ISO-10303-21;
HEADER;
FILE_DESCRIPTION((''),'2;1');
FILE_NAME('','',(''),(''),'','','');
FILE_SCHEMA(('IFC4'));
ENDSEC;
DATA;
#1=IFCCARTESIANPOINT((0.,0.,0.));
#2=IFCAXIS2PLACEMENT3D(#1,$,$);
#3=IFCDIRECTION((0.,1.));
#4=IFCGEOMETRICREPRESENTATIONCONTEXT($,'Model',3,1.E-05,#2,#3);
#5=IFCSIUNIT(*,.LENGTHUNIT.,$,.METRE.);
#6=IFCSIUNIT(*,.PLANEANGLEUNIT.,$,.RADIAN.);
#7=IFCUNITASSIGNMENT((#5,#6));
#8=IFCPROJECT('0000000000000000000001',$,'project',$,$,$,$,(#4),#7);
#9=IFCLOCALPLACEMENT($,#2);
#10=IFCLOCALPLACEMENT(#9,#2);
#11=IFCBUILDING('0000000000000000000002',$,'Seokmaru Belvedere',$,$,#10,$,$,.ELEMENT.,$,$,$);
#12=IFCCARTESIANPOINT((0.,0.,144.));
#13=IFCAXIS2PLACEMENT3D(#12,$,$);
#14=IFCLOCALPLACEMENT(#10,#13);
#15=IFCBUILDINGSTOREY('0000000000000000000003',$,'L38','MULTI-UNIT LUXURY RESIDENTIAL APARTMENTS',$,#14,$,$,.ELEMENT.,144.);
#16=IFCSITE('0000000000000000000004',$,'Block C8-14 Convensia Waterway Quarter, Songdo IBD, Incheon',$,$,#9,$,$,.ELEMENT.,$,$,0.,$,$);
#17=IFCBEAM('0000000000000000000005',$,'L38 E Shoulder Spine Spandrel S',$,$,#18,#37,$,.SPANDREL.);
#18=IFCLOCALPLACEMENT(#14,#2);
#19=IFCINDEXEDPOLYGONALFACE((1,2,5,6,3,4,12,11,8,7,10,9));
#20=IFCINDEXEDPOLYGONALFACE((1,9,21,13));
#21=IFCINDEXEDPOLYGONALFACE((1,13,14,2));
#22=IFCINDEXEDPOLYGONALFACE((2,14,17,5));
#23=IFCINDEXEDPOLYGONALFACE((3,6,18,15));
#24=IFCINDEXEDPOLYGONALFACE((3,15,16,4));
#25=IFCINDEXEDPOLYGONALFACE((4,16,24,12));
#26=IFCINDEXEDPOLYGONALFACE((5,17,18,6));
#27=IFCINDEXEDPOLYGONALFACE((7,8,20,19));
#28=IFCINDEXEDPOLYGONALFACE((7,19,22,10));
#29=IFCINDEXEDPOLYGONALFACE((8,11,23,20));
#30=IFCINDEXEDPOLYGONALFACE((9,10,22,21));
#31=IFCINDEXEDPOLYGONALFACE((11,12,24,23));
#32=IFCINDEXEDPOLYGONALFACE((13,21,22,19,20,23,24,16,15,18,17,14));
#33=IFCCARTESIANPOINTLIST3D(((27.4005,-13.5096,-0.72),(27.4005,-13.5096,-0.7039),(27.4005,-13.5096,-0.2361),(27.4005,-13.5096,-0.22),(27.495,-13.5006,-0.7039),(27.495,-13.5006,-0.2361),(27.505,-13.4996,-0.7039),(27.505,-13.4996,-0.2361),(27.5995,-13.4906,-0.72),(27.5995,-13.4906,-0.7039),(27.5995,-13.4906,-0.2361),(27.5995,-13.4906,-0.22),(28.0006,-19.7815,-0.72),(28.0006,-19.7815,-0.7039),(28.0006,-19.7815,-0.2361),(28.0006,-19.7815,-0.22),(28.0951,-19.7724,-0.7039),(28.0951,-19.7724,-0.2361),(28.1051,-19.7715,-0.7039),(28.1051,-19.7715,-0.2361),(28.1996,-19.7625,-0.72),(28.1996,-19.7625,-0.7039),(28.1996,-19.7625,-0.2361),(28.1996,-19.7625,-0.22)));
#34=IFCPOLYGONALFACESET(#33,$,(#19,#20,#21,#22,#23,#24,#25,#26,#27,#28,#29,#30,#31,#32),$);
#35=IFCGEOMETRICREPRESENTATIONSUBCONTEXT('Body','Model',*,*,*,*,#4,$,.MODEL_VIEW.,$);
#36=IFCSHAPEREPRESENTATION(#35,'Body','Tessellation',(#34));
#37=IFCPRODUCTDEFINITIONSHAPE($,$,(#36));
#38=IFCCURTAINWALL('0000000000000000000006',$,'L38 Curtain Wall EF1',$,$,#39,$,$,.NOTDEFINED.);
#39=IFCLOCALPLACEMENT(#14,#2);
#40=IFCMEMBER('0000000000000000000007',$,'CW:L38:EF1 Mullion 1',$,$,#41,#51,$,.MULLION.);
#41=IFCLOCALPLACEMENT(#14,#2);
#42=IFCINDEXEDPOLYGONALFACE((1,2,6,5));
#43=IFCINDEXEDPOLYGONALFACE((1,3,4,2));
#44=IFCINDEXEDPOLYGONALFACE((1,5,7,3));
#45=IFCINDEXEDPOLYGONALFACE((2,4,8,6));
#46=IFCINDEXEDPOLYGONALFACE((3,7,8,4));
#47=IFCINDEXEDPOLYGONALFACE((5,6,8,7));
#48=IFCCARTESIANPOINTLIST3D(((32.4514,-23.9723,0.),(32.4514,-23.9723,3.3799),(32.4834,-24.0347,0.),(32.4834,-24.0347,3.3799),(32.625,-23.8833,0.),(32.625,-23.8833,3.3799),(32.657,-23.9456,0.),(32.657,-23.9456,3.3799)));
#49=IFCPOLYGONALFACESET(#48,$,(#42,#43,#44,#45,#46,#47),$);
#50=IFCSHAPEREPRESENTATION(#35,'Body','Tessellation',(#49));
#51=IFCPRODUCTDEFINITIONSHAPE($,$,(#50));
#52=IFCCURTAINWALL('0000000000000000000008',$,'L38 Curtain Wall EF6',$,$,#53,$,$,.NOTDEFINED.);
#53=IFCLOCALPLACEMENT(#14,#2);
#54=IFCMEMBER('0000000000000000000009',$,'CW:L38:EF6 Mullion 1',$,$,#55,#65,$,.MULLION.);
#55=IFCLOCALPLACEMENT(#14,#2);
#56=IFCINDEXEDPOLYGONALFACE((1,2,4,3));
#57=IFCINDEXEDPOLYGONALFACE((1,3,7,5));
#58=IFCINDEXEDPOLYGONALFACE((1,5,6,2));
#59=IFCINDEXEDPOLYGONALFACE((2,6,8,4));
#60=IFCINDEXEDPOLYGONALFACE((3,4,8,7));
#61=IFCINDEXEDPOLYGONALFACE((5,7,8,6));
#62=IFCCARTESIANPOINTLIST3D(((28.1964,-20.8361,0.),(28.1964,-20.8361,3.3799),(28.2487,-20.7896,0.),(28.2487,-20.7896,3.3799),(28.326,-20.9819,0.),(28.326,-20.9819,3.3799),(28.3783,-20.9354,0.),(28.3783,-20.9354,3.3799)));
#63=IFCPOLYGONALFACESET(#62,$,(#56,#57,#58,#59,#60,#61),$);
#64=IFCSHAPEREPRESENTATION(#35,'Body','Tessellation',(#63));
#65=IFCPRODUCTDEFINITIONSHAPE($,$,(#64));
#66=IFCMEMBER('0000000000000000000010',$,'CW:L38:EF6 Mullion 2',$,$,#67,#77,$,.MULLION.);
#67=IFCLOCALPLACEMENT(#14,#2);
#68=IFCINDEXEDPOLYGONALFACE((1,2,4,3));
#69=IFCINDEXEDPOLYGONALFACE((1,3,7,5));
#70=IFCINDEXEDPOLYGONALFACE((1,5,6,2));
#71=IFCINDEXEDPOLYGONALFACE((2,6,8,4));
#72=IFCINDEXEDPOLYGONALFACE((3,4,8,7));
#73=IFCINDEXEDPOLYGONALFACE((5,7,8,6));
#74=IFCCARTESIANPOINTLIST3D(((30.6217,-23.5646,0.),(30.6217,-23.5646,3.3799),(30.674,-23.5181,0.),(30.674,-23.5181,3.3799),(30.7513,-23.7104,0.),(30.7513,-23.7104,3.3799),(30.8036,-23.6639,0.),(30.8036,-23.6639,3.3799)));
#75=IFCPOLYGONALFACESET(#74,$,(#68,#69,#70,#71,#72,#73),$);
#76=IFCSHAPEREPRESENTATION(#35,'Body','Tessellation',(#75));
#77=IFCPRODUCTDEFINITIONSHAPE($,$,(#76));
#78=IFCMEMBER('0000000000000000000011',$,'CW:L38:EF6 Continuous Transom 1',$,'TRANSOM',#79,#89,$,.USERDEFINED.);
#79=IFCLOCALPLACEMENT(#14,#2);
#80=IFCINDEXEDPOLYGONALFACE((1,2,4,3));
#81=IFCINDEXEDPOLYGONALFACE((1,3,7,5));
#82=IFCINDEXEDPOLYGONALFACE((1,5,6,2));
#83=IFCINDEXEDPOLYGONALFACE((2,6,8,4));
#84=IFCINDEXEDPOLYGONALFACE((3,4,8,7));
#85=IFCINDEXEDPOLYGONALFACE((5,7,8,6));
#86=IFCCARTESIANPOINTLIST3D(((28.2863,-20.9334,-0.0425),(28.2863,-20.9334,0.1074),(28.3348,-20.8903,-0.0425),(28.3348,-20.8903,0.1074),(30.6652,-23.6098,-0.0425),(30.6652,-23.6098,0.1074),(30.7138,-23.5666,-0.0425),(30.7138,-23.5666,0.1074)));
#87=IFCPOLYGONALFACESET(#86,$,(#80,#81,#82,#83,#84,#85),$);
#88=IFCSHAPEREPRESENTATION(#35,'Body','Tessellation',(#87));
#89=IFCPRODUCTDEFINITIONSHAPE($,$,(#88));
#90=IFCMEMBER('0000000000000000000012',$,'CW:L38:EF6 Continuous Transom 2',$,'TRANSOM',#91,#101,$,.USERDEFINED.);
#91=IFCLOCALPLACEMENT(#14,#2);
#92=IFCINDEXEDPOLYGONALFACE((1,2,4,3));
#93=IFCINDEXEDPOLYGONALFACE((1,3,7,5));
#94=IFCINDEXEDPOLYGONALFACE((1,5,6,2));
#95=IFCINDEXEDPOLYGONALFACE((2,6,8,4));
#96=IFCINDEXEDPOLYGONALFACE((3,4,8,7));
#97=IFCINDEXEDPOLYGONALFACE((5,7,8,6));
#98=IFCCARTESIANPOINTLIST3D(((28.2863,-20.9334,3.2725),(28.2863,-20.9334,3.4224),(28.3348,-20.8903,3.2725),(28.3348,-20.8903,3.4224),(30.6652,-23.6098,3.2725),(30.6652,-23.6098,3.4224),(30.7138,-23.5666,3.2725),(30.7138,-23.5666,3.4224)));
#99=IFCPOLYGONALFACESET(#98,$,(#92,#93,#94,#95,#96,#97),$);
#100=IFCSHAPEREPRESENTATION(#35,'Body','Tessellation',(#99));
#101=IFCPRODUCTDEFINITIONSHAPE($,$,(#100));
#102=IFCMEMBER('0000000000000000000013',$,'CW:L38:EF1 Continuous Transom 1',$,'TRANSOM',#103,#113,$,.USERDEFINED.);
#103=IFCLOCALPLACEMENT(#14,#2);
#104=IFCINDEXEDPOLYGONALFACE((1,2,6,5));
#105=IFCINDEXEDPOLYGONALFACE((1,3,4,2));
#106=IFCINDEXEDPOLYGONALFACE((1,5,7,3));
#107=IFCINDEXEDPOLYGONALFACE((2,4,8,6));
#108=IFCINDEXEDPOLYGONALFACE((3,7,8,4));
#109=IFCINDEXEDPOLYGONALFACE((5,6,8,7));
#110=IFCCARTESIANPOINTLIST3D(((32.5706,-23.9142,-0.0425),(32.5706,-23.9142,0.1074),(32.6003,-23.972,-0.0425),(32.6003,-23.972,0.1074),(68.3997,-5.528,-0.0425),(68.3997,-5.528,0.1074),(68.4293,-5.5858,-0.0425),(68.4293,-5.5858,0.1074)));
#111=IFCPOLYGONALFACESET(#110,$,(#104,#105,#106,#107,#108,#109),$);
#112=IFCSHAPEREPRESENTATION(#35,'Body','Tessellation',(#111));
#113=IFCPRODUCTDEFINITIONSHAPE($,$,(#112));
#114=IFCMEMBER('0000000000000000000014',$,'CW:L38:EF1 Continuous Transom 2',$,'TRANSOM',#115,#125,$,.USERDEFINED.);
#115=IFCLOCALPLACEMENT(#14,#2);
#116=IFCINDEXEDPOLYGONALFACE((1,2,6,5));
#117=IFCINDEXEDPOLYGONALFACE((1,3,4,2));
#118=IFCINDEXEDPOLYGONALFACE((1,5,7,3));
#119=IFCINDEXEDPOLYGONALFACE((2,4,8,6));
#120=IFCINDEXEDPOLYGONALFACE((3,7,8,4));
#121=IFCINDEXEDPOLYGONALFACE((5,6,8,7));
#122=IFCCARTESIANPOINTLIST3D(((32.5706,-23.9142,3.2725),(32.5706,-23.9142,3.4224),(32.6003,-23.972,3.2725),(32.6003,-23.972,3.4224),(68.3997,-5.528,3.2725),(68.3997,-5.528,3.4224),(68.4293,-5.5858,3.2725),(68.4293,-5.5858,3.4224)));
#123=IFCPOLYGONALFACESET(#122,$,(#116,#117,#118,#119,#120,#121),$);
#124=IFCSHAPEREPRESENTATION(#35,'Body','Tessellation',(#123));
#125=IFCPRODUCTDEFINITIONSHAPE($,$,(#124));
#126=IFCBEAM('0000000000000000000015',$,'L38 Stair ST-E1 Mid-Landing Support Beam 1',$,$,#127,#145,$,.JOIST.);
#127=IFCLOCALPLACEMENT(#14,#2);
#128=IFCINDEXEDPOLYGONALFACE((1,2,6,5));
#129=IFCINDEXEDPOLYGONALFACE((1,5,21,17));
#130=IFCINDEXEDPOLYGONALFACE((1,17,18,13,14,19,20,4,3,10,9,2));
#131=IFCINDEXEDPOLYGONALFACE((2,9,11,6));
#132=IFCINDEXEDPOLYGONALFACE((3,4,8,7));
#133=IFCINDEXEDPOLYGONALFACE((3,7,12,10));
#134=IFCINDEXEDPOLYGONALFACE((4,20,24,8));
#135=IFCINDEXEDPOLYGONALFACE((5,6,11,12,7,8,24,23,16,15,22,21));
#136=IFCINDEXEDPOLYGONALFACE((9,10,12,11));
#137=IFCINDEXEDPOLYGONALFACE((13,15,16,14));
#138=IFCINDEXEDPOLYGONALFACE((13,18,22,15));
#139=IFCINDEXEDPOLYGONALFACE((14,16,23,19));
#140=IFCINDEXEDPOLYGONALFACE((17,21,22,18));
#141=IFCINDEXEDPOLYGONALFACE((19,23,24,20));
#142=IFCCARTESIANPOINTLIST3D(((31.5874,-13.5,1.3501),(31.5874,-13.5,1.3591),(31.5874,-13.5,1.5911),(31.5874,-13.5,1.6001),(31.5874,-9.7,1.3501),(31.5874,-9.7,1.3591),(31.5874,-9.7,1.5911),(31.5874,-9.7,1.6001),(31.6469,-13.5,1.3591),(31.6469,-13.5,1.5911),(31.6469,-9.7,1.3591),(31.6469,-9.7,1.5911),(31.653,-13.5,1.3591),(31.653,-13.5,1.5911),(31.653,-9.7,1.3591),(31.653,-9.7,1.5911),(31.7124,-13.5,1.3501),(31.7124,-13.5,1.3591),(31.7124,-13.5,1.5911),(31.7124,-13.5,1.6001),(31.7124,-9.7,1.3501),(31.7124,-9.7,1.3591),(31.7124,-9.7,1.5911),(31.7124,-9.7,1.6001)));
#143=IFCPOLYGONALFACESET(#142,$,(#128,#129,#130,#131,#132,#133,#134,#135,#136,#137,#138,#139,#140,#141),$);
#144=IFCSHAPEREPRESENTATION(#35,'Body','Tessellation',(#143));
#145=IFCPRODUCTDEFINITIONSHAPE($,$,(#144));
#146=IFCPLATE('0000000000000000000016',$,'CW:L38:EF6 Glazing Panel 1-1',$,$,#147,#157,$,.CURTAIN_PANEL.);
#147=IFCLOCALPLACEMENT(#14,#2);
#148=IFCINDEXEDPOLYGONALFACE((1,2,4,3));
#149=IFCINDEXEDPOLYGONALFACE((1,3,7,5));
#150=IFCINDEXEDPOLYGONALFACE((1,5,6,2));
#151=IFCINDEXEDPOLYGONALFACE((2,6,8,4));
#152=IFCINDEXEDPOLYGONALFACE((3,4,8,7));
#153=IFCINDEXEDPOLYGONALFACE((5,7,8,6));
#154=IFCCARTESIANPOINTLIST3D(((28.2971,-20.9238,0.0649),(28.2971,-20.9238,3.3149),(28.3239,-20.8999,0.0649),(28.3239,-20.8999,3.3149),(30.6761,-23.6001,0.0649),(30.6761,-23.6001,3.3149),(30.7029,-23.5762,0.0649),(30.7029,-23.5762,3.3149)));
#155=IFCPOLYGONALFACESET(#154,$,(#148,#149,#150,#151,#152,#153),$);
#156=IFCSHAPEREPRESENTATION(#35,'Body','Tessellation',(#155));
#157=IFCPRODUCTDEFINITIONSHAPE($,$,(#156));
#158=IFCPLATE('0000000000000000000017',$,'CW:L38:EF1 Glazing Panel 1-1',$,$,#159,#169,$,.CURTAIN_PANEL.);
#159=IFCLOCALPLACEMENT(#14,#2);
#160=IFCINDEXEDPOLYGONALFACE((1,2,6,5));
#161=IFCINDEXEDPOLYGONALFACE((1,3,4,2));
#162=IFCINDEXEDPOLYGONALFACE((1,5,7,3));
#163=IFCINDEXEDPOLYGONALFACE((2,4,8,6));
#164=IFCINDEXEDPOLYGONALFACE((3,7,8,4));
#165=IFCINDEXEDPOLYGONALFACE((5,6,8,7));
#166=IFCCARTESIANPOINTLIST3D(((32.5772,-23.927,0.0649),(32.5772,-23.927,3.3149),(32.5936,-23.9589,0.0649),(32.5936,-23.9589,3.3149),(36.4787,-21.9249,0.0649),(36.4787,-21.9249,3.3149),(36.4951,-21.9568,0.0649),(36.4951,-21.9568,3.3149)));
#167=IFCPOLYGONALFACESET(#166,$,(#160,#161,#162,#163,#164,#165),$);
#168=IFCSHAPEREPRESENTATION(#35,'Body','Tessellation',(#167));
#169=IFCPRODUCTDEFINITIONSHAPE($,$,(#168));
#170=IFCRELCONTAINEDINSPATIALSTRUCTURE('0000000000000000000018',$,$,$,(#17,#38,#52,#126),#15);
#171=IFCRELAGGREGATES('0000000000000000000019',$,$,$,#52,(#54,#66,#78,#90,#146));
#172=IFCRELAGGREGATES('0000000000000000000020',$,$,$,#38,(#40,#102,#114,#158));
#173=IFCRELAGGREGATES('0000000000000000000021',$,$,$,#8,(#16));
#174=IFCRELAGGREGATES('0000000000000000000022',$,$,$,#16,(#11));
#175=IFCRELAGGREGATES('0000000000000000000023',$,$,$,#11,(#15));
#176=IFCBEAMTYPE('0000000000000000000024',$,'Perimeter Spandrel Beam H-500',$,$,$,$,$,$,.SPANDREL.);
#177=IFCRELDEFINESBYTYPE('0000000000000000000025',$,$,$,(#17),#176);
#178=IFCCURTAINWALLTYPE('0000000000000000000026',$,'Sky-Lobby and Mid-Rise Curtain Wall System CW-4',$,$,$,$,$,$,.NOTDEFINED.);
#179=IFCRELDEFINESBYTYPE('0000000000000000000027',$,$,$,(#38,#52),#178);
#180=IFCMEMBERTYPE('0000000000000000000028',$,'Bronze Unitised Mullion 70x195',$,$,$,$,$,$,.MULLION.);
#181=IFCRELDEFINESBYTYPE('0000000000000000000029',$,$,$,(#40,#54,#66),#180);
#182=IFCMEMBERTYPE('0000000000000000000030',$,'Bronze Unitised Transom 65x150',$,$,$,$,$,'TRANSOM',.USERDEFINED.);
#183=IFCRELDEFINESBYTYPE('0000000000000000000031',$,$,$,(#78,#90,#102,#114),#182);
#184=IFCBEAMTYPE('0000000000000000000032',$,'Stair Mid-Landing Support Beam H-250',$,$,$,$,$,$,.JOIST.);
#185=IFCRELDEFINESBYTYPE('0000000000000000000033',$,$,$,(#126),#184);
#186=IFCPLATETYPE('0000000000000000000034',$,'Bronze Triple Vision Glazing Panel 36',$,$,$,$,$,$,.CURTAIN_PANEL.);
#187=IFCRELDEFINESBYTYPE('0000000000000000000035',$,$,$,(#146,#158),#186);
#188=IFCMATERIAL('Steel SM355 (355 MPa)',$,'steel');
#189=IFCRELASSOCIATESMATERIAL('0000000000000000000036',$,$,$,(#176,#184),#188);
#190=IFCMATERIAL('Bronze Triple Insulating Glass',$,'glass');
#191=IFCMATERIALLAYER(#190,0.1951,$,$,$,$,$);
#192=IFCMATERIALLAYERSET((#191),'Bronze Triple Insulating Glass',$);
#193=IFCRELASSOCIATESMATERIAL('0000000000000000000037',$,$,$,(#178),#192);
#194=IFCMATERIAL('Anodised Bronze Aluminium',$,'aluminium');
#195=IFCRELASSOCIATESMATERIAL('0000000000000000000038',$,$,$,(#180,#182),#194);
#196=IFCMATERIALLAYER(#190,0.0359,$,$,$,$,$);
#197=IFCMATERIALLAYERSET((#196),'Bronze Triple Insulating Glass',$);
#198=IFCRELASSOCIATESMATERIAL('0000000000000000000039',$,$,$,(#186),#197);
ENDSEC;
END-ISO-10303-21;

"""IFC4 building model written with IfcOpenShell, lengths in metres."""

from ifc_helpers import new_model, si_unit, direction, frame, origin, origin_2d, place, context, subcontext, project, spatial, rectangle, i_section, extrude, source, transform, mapped, material, layer, layer_set, material_profile, profile_set, type_object, type_shapes, element, aggregate, save


model = new_model("IFC4")

# Units and contexts
model_context = context("Model", 3, precision=1e-05, world=origin(), true_north=direction((0.0, 1.0)))
body_context = subcontext(model_context, "Body", "Model", "MODEL_VIEW")
ifc_project = project(units=[si_unit("LENGTHUNIT", "METRE"), si_unit("PLANEANGLEUNIT", "RADIAN")], contexts=[model_context])

# Site, building, storey
site_placement = place(None, origin())
site = spatial("IfcSite", under=ifc_project, at=site_placement, Name="Block C8-14 Convensia Waterway Quarter, Songdo IBD, Incheon", CompositionType="ELEMENT", RefElevation=0.0)
building_placement = place(site_placement, origin())
building = spatial("IfcBuilding", under=site, at=building_placement, Name="Seokmaru Belvedere", CompositionType="ELEMENT")
storey_placement = place(building_placement, frame((0.0, 0.0, 144.0)))
storey = spatial("IfcBuildingStorey", under=building, at=storey_placement, Name="L38", Description="MULTI-UNIT LUXURY RESIDENTIAL APARTMENTS", CompositionType="ELEMENT", Elevation=144.0)

# Shared definitions
ifc_material_1 = material(Name="Steel SM355 (355 MPa)", Category="steel")

# Beam
ifc_material_profile_1 = material_profile(ifc_material_1, i_section(OverallWidth=0.2, OverallDepth=0.5, WebThickness=0.01, FlangeThickness=0.0161, at=origin_2d()), Name="H-500x200x10x16")
ifc_profile_set_1 = profile_set([ifc_material_profile_1], Name="Steel SM355 (355 MPa)")
beam_type_1 = type_object("IfcBeamType", Name="Perimeter Spandrel Beam H-500", PredefinedType="SPANDREL", material=ifc_profile_set_1)
shared_shape_1 = source(origin(), body_context, "Body", "SweptSolid", [
    extrude(i_section(OverallWidth=0.2, OverallDepth=0.5, WebThickness=0.01, FlangeThickness=0.0161, at=origin_2d()), origin(), (0.0, 0.0, 1.0), 6.3005),
])
beam_1_placement = place(storey_placement, frame((28.1001, -19.772, -0.47), z_axis=(-0.095244, 0.995454, 0.0), x_axis=(-0.995454, -0.095244, 0.0)))
element("IfcBeam", 1, at=beam_1_placement, inside=storey, type_object=beam_type_1, Name="L38 E Shoulder Spine Spandrel S", PredefinedType="SPANDREL", context=body_context, shape_type="MappedRepresentation", body=[
    mapped(shared_shape_1, transform((0.0, 0.0, 0.0), scale=1.0)),
])

# Curtain wall, member
ifc_material_2 = material(Name="Bronze Triple Insulating Glass", Category="glass")
ifc_layer_1 = layer(ifc_material_2, 0.1951)
ifc_layer_set_1 = layer_set([ifc_layer_1], Name="Bronze Triple Insulating Glass")
curtain_wall_type = type_object("IfcCurtainWallType", Name="Sky-Lobby and Mid-Rise Curtain Wall System CW-4", PredefinedType="NOTDEFINED", material=ifc_layer_set_1)
curtain_wall_1_placement = place(storey_placement, origin())
curtain_wall_1 = element("IfcCurtainWall", 2, at=curtain_wall_1_placement, inside=storey, type_object=curtain_wall_type, Name="L38 Curtain Wall EF1", PredefinedType="NOTDEFINED")
ifc_material_3 = material(Name="Anodised Bronze Aluminium", Category="aluminium")
ifc_material_profile_2 = material_profile(ifc_material_3, rectangle(XDim=0.0701, YDim=0.1951, at=origin_2d()), Name="CW-M-70x195")
ifc_profile_set_2 = profile_set([ifc_material_profile_2], Name="Anodised Bronze Aluminium")
member_type_1 = type_object("IfcMemberType", Name="Bronze Unitised Mullion 70x195", PredefinedType="MULLION", material=ifc_profile_set_2)
shared_shape_2 = source(origin(), body_context, "Body", "SweptSolid", [
    extrude(rectangle(XDim=0.0701, YDim=0.1951, at=origin_2d()), origin(), (0.0, 0.0, 1.0), 3.3799),
])
type_shapes(member_type_1, [shared_shape_2])
member_1_placement = place(storey_placement, frame((32.5542, -23.959, 0.0), z_axis=(0.0, 0.0, 1.0), x_axis=(-0.456555, 0.889695, 0.0)))
member_1 = element("IfcMember", 3, at=member_1_placement, type_object=member_type_1, Name="CW:L38:EF1 Mullion 1", PredefinedType="MULLION", context=body_context, shape_type="MappedRepresentation", body=[
    mapped(shared_shape_2, transform((0.0, 0.0, 0.0), scale=1.0)),
])

# Curtain wall, members
curtain_wall_2_placement = place(storey_placement, origin())
curtain_wall_2 = element("IfcCurtainWall", 4, at=curtain_wall_2_placement, inside=storey, type_object=curtain_wall_type, Name="L38 Curtain Wall EF6", PredefinedType="NOTDEFINED")
member_2_placement = place(storey_placement, frame((28.2874, -20.8857, 0.0), z_axis=(0.0, 0.0, 1.0), x_axis=(0.74741, 0.664363, 0.0)))
member_2 = element("IfcMember", 5, at=member_2_placement, type_object=member_type_1, Name="CW:L38:EF6 Mullion 1", PredefinedType="MULLION", context=body_context, shape_type="MappedRepresentation", body=[
    mapped(shared_shape_2, transform((0.0, 0.0, 0.0), scale=1.0)),
])
member_3_placement = place(storey_placement, frame((30.7126, -23.6143, 0.0), z_axis=(0.0, 0.0, 1.0), x_axis=(0.74741, 0.664363, 0.0)))
member_3 = element("IfcMember", 6, at=member_3_placement, type_object=member_type_1, Name="CW:L38:EF6 Mullion 2", PredefinedType="MULLION", context=body_context, shape_type="MappedRepresentation", body=[
    mapped(shared_shape_2, transform((0.0, 0.0, 0.0), scale=1.0)),
])
ifc_material_profile_3 = material_profile(ifc_material_3, rectangle(XDim=0.0649, YDim=0.1499, at=origin_2d()), Name="CW-T-65x150")
ifc_profile_set_3 = profile_set([ifc_material_profile_3], Name="Anodised Bronze Aluminium")
member_type_2 = type_object("IfcMemberType", Name="Bronze Unitised Transom 65x150", ElementType="TRANSOM", PredefinedType="USERDEFINED", material=ifc_profile_set_3)
shared_shape_3 = source(origin(), body_context, "Body", "SweptSolid", [
    extrude(rectangle(XDim=0.0649, YDim=0.1499, at=origin_2d()), origin(), (0.0, 0.0, 1.0), 3.5808),
])
member_4_placement = place(storey_placement, frame((28.3105, -20.9119, 0.0325), z_axis=(0.664364, -0.747409, 0.0), x_axis=(0.747409, 0.664364, 0.0)))
member_4 = element("IfcMember", 7, at=member_4_placement, type_object=member_type_2, Name="CW:L38:EF6 Continuous Transom 1", ObjectType="TRANSOM", PredefinedType="USERDEFINED", context=body_context, shape_type="MappedRepresentation", body=[
    mapped(shared_shape_3, transform((0.0, 0.0, 0.0), scale=1.0)),
])
member_5_placement = place(storey_placement, frame((28.3105, -20.9119, 3.3474), z_axis=(0.664364, -0.747409, 0.0), x_axis=(0.747409, 0.664364, 0.0)))
member_5 = element("IfcMember", 8, at=member_5_placement, type_object=member_type_2, Name="CW:L38:EF6 Continuous Transom 2", ObjectType="TRANSOM", PredefinedType="USERDEFINED", context=body_context, shape_type="MappedRepresentation", body=[
    mapped(shared_shape_3, transform((0.0, 0.0, 0.0), scale=1.0)),
])

# Members
shared_shape_4 = source(origin(), body_context, "Body", "SweptSolid", [
    extrude(rectangle(XDim=0.0649, YDim=0.1499, at=origin_2d()), origin(), (0.0, 0.0, 1.0), 40.2712),
])
type_shapes(member_type_2, [shared_shape_3, shared_shape_4])
member_6_placement = place(storey_placement, frame((32.5854, -23.9431, 0.0325), z_axis=(0.889693, 0.456559, 0.0), x_axis=(-0.456559, 0.889693, 0.0)))
member_6 = element("IfcMember", 9, at=member_6_placement, type_object=member_type_2, Name="CW:L38:EF1 Continuous Transom 1", ObjectType="TRANSOM", PredefinedType="USERDEFINED", context=body_context, shape_type="MappedRepresentation", body=[
    mapped(shared_shape_4, transform((0.0, 0.0, 0.0), scale=1.0)),
])
member_7_placement = place(storey_placement, frame((32.5854, -23.9431, 3.3474), z_axis=(0.889693, 0.456559, 0.0), x_axis=(-0.456559, 0.889693, 0.0)))
member_7 = element("IfcMember", 10, at=member_7_placement, type_object=member_type_2, Name="CW:L38:EF1 Continuous Transom 2", ObjectType="TRANSOM", PredefinedType="USERDEFINED", context=body_context, shape_type="MappedRepresentation", body=[
    mapped(shared_shape_4, transform((0.0, 0.0, 0.0), scale=1.0)),
])

# Beam
ifc_material_profile_4 = material_profile(ifc_material_1, i_section(OverallWidth=0.125, OverallDepth=0.25, WebThickness=0.0061, FlangeThickness=0.009, at=origin_2d()), Name="H-250x125x6x9")
ifc_profile_set_4 = profile_set([ifc_material_profile_4], Name="Steel SM355 (355 MPa)")
beam_type_2 = type_object("IfcBeamType", Name="Stair Mid-Landing Support Beam H-250", PredefinedType="JOIST", material=ifc_profile_set_4)
shared_shape_5 = source(origin(), body_context, "Body", "SweptSolid", [
    extrude(i_section(OverallWidth=0.125, OverallDepth=0.25, WebThickness=0.0061, FlangeThickness=0.009, at=origin_2d()), origin(), (0.0, 0.0, 1.0), 3.8),
])
type_shapes(beam_type_2, [shared_shape_5])
beam_2_placement = place(storey_placement, frame((31.6499, -13.5, 1.4751), z_axis=(0.0, 1.0, 0.0), x_axis=(-1.0, 0.0, 0.0)))
element("IfcBeam", 11, at=beam_2_placement, inside=storey, type_object=beam_type_2, Name="L38 Stair ST-E1 Mid-Landing Support Beam 1", PredefinedType="JOIST", context=body_context, shape_type="MappedRepresentation", body=[
    mapped(shared_shape_5, transform((0.0, 0.0, 0.0), scale=1.0)),
])

# Plates
ifc_layer_2 = layer(ifc_material_2, 0.0359)
ifc_layer_set_2 = layer_set([ifc_layer_2], Name="Bronze Triple Insulating Glass")
plate_type = type_object("IfcPlateType", Name="Bronze Triple Vision Glazing Panel 36", PredefinedType="CURTAIN_PANEL", material=ifc_layer_set_2)
shared_shape_6 = source(origin(), body_context, "Body", "SweptSolid", [
    extrude(rectangle(XDim=3.5808, YDim=0.0359, at=origin_2d()), origin(), (0.0, 0.0, 1.0), 3.25),
])
plate_1_placement = place(storey_placement, frame((29.5, -22.25, 0.0649), z_axis=(0.0, 0.0, 1.0), x_axis=(0.664363, -0.74741, 0.0)))
plate_1 = element("IfcPlate", 12, at=plate_1_placement, type_object=plate_type, Name="CW:L38:EF6 Glazing Panel 1-1", PredefinedType="CURTAIN_PANEL", context=body_context, shape_type="MappedRepresentation", body=[
    mapped(shared_shape_6, transform((0.0, 0.0, 0.0), scale=1.0)),
])
aggregate(curtain_wall_2, [member_2, member_3, member_4, member_5, plate_1])
shared_shape_7 = source(origin(), body_context, "Body", "SweptSolid", [
    extrude(rectangle(XDim=4.3853, YDim=0.0359, at=origin_2d()), origin(), (0.0, 0.0, 1.0), 3.25),
])
type_shapes(plate_type, [shared_shape_6, shared_shape_7])
plate_2_placement = place(storey_placement, frame((34.5361, -22.9419, 0.0649), z_axis=(0.0, 0.0, 1.0), x_axis=(0.889695, 0.456555, 0.0)))
plate_2 = element("IfcPlate", 13, at=plate_2_placement, type_object=plate_type, Name="CW:L38:EF1 Glazing Panel 1-1", PredefinedType="CURTAIN_PANEL", context=body_context, shape_type="MappedRepresentation", body=[
    mapped(shared_shape_7, transform((0.0, 0.0, 0.0), scale=1.0)),
])
aggregate(curtain_wall_1, [member_1, member_6, member_7, plate_2])

save(model, "model.ifc")
